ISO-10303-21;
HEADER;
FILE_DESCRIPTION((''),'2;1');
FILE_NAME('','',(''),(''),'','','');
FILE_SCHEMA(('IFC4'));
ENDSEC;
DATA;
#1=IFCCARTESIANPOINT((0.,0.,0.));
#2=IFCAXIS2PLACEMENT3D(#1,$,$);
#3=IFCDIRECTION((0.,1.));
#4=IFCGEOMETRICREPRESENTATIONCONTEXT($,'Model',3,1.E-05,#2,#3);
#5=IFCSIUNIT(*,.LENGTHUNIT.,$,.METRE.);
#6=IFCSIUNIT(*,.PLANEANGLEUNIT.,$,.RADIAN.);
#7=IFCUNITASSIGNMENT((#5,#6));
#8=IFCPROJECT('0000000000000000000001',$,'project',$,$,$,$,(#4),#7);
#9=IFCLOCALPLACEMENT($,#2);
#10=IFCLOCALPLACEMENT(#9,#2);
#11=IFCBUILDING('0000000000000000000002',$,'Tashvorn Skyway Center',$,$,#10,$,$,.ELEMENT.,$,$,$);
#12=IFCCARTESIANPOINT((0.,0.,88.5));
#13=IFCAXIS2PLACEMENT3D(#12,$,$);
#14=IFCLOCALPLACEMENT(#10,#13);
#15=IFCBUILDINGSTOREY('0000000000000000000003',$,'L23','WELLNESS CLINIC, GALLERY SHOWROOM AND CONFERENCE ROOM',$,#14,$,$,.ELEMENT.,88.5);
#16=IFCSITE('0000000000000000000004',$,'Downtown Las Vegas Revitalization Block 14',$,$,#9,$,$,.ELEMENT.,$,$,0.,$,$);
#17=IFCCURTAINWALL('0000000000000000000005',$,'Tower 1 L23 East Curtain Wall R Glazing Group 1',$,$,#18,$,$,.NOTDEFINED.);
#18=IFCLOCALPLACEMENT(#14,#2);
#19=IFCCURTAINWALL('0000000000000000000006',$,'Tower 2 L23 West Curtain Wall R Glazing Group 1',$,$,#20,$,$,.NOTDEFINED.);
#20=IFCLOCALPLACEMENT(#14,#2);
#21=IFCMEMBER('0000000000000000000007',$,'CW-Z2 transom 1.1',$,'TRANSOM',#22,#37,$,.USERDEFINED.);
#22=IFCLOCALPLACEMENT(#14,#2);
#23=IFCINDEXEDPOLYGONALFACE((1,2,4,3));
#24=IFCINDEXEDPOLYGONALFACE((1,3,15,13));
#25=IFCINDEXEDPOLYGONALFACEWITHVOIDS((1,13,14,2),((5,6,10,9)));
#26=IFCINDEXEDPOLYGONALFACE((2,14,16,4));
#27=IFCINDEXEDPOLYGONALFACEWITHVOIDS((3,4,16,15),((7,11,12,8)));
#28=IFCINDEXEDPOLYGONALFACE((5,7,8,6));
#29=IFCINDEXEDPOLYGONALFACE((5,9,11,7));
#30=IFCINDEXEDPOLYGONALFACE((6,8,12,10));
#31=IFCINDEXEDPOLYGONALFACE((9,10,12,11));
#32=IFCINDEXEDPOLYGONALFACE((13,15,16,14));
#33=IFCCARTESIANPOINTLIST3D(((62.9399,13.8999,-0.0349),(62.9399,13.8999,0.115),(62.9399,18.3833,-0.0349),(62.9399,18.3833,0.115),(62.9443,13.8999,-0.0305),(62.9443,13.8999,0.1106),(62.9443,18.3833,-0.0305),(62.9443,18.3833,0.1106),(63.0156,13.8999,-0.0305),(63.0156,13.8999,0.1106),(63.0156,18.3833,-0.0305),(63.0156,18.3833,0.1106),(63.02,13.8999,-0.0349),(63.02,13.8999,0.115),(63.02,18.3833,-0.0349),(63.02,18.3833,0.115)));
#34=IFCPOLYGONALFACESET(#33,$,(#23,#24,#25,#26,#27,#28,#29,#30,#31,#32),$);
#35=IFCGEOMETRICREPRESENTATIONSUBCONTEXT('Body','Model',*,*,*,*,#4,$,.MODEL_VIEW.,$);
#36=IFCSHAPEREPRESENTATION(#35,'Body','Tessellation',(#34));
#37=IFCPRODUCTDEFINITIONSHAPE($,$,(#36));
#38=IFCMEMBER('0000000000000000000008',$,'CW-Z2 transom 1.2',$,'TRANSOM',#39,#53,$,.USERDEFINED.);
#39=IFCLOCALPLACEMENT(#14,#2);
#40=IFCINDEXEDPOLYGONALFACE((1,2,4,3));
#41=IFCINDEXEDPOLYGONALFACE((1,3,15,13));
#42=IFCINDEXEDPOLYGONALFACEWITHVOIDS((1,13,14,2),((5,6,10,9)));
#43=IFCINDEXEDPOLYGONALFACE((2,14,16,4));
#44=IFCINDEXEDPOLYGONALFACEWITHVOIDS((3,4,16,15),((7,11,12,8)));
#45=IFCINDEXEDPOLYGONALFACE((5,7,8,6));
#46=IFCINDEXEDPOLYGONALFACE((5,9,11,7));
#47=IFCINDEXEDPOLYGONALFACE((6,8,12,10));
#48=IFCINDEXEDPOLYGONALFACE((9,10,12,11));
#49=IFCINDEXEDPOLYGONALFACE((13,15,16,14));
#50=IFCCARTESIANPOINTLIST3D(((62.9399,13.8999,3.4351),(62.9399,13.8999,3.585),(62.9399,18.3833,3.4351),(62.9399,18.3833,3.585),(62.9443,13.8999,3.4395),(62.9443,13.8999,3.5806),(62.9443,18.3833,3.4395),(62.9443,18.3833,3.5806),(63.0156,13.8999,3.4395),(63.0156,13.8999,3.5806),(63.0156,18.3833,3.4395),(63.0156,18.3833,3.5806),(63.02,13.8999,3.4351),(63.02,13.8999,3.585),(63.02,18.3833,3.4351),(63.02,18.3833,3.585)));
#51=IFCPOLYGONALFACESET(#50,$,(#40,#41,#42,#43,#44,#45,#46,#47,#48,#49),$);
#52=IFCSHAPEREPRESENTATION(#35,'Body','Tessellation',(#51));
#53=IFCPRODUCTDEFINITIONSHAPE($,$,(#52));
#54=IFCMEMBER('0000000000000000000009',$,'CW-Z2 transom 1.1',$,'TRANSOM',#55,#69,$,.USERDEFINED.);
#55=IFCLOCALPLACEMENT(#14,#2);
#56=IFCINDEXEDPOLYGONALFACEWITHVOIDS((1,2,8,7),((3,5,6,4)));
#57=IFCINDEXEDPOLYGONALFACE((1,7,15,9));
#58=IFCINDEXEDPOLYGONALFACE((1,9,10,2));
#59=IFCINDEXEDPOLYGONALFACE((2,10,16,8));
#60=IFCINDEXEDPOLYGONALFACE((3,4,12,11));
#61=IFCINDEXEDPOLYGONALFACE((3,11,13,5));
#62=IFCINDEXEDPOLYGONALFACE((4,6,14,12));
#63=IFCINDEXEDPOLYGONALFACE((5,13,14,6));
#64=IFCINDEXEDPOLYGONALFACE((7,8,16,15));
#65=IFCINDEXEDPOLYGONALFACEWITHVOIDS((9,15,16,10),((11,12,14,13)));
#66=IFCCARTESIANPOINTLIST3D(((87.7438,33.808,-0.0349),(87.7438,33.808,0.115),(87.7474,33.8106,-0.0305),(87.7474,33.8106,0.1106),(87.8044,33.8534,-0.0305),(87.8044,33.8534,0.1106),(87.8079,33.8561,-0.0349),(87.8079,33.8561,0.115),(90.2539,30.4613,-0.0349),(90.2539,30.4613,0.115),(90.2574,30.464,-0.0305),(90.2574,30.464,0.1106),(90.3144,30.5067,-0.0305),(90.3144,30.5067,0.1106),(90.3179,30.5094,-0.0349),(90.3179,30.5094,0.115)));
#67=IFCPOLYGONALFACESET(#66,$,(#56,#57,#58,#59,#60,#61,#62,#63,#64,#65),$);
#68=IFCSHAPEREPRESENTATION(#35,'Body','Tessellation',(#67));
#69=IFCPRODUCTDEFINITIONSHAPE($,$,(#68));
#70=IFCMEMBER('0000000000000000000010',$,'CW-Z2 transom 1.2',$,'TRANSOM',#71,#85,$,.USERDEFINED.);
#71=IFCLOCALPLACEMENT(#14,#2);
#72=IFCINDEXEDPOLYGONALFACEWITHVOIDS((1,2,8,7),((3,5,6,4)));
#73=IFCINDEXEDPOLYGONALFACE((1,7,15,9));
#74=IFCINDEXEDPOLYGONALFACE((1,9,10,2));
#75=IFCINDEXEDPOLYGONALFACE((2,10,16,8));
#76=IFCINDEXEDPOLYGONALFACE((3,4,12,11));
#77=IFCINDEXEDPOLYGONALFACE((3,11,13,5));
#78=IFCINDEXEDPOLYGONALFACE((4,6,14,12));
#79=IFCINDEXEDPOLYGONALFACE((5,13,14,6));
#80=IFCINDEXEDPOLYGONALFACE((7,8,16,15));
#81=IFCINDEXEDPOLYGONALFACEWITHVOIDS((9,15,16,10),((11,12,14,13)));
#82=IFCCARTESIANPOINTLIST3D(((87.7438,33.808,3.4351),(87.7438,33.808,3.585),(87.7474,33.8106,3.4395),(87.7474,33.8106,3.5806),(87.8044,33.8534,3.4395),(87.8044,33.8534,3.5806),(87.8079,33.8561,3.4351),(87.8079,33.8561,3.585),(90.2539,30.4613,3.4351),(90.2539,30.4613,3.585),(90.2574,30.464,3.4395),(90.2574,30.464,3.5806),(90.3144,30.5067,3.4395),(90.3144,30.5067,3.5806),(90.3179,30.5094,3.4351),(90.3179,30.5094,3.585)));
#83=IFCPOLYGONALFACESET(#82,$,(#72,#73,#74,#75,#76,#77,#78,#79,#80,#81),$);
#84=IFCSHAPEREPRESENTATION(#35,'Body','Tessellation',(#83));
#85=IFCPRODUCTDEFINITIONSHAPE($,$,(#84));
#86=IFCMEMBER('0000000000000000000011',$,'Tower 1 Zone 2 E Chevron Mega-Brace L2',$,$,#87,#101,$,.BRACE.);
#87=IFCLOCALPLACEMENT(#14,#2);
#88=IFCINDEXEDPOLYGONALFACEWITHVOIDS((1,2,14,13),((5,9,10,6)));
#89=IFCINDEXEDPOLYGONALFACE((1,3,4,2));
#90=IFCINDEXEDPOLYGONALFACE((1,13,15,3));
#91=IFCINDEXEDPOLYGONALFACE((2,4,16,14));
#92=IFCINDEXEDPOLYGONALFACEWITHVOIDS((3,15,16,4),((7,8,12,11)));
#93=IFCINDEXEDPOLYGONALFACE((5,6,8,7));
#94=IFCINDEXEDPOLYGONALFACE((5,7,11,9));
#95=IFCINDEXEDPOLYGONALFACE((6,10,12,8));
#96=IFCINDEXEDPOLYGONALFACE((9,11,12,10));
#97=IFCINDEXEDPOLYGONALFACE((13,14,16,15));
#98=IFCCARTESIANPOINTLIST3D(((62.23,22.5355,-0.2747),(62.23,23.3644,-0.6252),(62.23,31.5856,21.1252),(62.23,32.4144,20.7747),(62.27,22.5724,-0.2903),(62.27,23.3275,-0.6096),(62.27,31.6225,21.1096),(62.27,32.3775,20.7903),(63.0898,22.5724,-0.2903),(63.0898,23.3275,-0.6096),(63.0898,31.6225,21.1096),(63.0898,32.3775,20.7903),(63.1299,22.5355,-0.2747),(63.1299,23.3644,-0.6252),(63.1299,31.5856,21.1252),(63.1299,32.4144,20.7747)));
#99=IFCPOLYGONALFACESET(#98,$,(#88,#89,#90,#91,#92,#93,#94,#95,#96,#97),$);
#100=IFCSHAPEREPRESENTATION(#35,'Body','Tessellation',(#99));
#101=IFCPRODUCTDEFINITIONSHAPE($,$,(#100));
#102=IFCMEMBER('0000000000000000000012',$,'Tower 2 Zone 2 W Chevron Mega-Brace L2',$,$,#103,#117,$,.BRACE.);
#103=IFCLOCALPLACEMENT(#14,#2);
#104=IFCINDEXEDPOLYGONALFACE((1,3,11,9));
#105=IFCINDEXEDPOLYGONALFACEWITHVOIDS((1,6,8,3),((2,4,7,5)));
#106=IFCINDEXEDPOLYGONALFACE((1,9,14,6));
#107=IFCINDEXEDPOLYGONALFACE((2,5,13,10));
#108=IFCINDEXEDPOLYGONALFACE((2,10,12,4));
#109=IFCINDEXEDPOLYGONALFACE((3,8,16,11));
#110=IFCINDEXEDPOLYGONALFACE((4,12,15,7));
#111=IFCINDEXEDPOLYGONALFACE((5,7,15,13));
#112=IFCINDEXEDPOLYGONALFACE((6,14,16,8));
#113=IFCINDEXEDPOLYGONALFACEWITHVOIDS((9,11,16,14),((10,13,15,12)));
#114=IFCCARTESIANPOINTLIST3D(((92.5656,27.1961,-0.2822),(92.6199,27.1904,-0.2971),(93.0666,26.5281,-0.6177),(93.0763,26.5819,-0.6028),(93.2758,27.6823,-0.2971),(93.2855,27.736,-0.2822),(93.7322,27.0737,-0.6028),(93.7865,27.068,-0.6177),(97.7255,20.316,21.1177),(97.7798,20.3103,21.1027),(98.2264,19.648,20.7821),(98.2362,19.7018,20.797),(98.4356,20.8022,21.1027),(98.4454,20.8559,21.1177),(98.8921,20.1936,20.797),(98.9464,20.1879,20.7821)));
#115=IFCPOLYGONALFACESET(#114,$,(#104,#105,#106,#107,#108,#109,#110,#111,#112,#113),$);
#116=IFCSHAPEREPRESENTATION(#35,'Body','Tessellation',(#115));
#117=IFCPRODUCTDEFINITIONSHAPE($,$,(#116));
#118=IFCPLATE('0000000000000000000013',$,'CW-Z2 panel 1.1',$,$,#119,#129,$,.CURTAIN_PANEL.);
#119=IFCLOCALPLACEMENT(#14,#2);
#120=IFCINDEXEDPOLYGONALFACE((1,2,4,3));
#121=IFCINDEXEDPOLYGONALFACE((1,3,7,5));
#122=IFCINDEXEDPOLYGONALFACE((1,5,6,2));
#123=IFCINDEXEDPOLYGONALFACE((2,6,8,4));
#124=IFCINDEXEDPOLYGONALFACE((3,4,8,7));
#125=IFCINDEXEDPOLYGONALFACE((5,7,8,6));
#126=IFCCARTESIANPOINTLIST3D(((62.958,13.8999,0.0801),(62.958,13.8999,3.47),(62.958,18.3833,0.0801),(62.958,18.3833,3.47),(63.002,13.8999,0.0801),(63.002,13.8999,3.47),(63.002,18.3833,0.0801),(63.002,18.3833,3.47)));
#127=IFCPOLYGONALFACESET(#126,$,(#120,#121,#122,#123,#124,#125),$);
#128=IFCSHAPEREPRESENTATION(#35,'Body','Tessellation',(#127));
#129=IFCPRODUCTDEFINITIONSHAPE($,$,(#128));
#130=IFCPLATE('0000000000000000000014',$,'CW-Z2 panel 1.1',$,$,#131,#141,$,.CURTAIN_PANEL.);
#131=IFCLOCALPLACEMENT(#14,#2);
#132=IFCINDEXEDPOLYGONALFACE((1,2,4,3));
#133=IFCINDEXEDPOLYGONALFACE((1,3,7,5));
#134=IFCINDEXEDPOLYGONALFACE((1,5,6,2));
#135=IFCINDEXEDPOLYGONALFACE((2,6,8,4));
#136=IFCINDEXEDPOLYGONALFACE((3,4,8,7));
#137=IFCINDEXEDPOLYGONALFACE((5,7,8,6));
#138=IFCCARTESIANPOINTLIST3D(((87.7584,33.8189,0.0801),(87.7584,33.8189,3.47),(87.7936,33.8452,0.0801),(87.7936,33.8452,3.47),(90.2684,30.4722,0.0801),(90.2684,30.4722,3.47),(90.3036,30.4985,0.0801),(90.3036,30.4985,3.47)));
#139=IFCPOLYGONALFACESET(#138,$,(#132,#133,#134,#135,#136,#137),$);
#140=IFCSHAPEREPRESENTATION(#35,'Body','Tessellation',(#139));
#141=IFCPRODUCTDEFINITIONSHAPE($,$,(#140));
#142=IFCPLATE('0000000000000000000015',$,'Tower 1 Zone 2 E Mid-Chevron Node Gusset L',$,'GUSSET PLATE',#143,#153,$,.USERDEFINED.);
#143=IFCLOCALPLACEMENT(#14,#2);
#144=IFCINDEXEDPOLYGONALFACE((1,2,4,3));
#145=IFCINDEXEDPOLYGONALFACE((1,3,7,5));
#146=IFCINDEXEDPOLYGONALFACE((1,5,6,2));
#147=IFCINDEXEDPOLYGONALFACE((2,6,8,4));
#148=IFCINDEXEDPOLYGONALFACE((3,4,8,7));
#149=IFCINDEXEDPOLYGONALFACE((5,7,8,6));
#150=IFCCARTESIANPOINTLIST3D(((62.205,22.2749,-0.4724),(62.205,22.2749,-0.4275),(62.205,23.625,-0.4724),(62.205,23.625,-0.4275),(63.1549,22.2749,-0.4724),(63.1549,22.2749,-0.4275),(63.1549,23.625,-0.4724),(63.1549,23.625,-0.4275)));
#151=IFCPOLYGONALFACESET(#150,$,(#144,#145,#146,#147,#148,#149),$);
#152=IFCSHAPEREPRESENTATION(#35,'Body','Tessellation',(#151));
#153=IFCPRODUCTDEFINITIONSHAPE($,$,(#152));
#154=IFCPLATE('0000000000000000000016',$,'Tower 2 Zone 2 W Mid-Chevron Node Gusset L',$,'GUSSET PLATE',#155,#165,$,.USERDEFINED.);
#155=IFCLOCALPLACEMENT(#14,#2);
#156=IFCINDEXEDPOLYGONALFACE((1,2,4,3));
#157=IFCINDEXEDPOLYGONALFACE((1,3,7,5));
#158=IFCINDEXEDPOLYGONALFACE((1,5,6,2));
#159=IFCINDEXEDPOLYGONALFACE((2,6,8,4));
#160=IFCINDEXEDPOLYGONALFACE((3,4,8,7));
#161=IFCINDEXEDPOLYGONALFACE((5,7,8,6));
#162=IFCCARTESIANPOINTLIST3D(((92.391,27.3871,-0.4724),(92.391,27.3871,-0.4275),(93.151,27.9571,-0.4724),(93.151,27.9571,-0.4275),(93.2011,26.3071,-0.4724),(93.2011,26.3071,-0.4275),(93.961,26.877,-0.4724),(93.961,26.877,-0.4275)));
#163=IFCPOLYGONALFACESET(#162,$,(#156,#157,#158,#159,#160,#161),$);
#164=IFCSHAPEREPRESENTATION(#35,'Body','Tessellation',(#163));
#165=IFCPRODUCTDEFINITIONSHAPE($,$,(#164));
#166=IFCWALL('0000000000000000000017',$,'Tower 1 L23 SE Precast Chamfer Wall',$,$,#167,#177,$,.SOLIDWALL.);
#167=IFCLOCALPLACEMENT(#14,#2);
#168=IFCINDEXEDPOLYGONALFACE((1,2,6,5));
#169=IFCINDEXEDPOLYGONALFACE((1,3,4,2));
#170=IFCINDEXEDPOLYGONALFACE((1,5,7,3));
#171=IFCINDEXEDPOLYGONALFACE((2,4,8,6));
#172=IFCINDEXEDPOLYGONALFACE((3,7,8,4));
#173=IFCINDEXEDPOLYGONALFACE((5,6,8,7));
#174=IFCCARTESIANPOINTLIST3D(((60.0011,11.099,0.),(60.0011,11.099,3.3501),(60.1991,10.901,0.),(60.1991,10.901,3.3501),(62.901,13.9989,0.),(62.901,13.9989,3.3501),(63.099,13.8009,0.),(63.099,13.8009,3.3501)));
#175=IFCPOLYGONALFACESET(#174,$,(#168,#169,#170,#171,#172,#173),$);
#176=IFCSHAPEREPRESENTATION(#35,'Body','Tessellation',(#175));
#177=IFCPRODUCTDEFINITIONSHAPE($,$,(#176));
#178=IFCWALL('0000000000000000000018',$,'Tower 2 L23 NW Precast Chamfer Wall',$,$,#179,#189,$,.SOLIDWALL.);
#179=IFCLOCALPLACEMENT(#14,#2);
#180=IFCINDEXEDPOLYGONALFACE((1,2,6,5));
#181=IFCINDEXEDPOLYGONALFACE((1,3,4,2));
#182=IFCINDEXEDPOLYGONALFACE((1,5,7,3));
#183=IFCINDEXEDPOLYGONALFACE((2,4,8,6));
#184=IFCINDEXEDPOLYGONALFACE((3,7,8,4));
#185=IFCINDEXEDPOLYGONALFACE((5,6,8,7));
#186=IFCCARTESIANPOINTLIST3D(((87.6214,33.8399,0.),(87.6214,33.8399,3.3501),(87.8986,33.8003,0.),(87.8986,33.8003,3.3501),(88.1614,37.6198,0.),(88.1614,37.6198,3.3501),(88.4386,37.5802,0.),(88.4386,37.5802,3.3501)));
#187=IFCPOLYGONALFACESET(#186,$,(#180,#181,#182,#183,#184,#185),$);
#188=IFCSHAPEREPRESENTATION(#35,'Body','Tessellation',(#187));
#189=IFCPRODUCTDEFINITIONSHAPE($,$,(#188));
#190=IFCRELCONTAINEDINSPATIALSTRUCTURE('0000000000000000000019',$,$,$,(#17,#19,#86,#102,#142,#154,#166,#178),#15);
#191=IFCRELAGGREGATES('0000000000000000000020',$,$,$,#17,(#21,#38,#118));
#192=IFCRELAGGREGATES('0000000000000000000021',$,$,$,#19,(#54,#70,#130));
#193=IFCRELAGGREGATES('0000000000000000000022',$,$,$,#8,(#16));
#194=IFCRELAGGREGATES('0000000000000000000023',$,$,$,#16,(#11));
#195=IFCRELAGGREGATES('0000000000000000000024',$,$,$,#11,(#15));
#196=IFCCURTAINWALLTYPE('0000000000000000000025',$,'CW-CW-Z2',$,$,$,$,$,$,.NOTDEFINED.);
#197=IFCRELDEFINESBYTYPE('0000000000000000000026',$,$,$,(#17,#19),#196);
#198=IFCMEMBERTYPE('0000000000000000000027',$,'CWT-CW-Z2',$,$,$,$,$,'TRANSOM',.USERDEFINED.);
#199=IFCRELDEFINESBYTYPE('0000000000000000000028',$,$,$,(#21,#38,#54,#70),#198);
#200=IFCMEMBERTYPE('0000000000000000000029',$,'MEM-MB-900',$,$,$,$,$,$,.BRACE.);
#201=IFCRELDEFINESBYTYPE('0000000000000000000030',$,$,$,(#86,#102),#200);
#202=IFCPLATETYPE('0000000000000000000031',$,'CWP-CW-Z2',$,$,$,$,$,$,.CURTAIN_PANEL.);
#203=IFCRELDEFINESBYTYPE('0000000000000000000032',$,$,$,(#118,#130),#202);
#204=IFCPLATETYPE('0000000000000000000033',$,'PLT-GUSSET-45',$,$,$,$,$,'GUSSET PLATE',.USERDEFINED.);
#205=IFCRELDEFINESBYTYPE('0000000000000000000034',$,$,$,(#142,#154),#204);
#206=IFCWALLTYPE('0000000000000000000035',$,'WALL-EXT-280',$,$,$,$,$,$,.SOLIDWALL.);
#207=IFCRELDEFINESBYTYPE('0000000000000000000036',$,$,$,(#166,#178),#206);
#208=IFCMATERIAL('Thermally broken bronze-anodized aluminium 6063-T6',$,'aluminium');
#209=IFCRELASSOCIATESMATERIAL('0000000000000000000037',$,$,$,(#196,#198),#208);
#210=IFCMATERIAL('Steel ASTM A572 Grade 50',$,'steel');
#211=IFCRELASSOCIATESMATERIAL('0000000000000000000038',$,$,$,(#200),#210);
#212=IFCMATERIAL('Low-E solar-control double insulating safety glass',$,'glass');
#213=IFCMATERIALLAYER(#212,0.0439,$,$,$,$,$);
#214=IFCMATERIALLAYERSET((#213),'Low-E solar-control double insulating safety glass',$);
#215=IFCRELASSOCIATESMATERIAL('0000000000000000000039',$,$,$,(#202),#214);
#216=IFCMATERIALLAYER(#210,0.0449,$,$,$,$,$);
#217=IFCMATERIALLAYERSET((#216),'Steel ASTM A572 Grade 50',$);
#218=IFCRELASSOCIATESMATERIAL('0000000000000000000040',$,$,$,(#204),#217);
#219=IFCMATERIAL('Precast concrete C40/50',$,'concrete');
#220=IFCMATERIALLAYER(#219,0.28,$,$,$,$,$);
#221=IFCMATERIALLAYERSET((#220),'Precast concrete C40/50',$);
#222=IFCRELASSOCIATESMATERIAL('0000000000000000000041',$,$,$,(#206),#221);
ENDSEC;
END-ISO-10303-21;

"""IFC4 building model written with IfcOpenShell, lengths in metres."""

from ifc_helpers import new_model, si_unit, direction, frame, frame_2d, origin, origin_2d, place, context, subcontext, project, spatial, rectangle, hollow_rectangle, extrude, material, layer, layer_set, material_profile, profile_set, type_object, element, aggregate, save


model = new_model("IFC4")

# Units and contexts
model_context = context("Model", 3, precision=1e-05, world=origin(), true_north=direction((0.0, 1.0)))
body_context = subcontext(model_context, "Body", "Model", "MODEL_VIEW")
ifc_project = project(units=[si_unit("LENGTHUNIT", "METRE"), si_unit("PLANEANGLEUNIT", "RADIAN")], contexts=[model_context])

# Site, building, storey
site_placement = place(None, origin())
site = spatial("IfcSite", under=ifc_project, at=site_placement, Name="Downtown Las Vegas Revitalization Block 14", CompositionType="ELEMENT", RefElevation=0.0)
building_placement = place(site_placement, origin())
building = spatial("IfcBuilding", under=site, at=building_placement, Name="Tashvorn Skyway Center", CompositionType="ELEMENT")
storey_placement = place(building_placement, frame((0.0, 0.0, 88.5)))
storey = spatial("IfcBuildingStorey", under=building, at=storey_placement, Name="L23", Description="WELLNESS CLINIC, GALLERY SHOWROOM AND CONFERENCE ROOM", CompositionType="ELEMENT", Elevation=88.5)

# Shared definitions
ifc_material_1 = material(Name="Steel ASTM A572 Grade 50", Category="steel")

# Curtain walls
ifc_material_2 = material(Name="Thermally broken bronze-anodized aluminium 6063-T6", Category="aluminium")
curtain_wall_type = type_object("IfcCurtainWallType", Name="CW-CW-Z2", PredefinedType="NOTDEFINED", material=ifc_material_2)
curtain_wall_1_placement = place(storey_placement, origin())
curtain_wall_1 = element("IfcCurtainWall", 1, at=curtain_wall_1_placement, inside=storey, type_object=curtain_wall_type, Name="Tower 1 L23 East Curtain Wall R Glazing Group 1", PredefinedType="NOTDEFINED")
curtain_wall_2_placement = place(storey_placement, origin())
curtain_wall_2 = element("IfcCurtainWall", 2, at=curtain_wall_2_placement, inside=storey, type_object=curtain_wall_type, Name="Tower 2 L23 West Curtain Wall R Glazing Group 1", PredefinedType="NOTDEFINED")

# Members
ifc_material_profile_1 = material_profile(ifc_material_2, hollow_rectangle(XDim=0.0801, YDim=0.1499, WallThickness=0.0044, at=origin_2d()), Name="ALU-TRAN-80x150")
ifc_profile_set_1 = profile_set([ifc_material_profile_1], Name="Thermally broken bronze-anodized aluminium 6063-T6")
member_type_1 = type_object("IfcMemberType", Name="CWT-CW-Z2", ElementType="TRANSOM", PredefinedType="USERDEFINED", material=ifc_profile_set_1)
member_1_placement = place(storey_placement, frame((62.98, 18.3833, 0.04), z_axis=(0.0, -1.0, 0.0), x_axis=(1.0, 0.0, 0.0)))
member_1 = element("IfcMember", 3, at=member_1_placement, type_object=member_type_1, Name="CW-Z2 transom 1.1", ObjectType="TRANSOM", PredefinedType="USERDEFINED", context=body_context, shape_type="SweptSolid", body=[
    extrude(hollow_rectangle(XDim=0.0801, YDim=0.1499, WallThickness=0.0044, at=origin_2d()), origin(), (0.0, 0.0, 1.0), 4.4834),
])
member_2_placement = place(storey_placement, frame((62.98, 18.3833, 3.51), z_axis=(0.0, -1.0, 0.0), x_axis=(1.0, 0.0, 0.0)))
member_2 = element("IfcMember", 4, at=member_2_placement, type_object=member_type_1, Name="CW-Z2 transom 1.2", ObjectType="TRANSOM", PredefinedType="USERDEFINED", context=body_context, shape_type="SweptSolid", body=[
    extrude(hollow_rectangle(XDim=0.0801, YDim=0.1499, WallThickness=0.0044, at=origin_2d()), origin(), (0.0, 0.0, 1.0), 4.4834),
])
member_3_placement = place(storey_placement, frame((90.2859, 30.4854, 0.04), z_axis=(-0.6, 0.8, 0.0), x_axis=(-0.8, -0.6, 0.0)))
member_3 = element("IfcMember", 5, at=member_3_placement, type_object=member_type_1, Name="CW-Z2 transom 1.1", ObjectType="TRANSOM", PredefinedType="USERDEFINED", context=body_context, shape_type="SweptSolid", body=[
    extrude(hollow_rectangle(XDim=0.0801, YDim=0.1499, WallThickness=0.0044, at=origin_2d()), origin(), (0.0, 0.0, 1.0), 4.1833),
])
member_4_placement = place(storey_placement, frame((90.2859, 30.4854, 3.51), z_axis=(-0.6, 0.8, 0.0), x_axis=(-0.8, -0.6, 0.0)))
member_4 = element("IfcMember", 6, at=member_4_placement, type_object=member_type_1, Name="CW-Z2 transom 1.2", ObjectType="TRANSOM", PredefinedType="USERDEFINED", context=body_context, shape_type="SweptSolid", body=[
    extrude(hollow_rectangle(XDim=0.0801, YDim=0.1499, WallThickness=0.0044, at=origin_2d()), origin(), (0.0, 0.0, 1.0), 4.1833),
])

# Members
ifc_material_profile_2 = material_profile(ifc_material_1, hollow_rectangle(XDim=0.8999, YDim=0.8999, WallThickness=0.04, at=origin_2d()), Name="BOX900x900x40")
ifc_profile_set_2 = profile_set([ifc_material_profile_2], Name="Steel ASTM A572 Grade 50")
member_type_2 = type_object("IfcMemberType", Name="MEM-MB-900", PredefinedType="BRACE", material=ifc_profile_set_2)
member_5_placement = place(storey_placement, frame((62.6799, 22.95, -0.45), z_axis=(0.0, 0.389503, 0.921025), x_axis=(-1.0, 0.0, 0.0)))
element("IfcMember", 7, at=member_5_placement, inside=storey, type_object=member_type_2, Name="Tower 1 Zone 2 E Chevron Mega-Brace L2", PredefinedType="BRACE", context=body_context, shape_type="SweptSolid", body=[
    extrude(hollow_rectangle(XDim=0.8999, YDim=0.8999, WallThickness=0.04, at=origin_2d()), origin(), (0.0, 0.0, 1.0), 23.2349),
])
member_6_placement = place(storey_placement, frame((93.176, 27.1321, -0.45), z_axis=(0.223728, -0.298315, 0.927876), x_axis=(0.80001, 0.599986, 0.0)))
element("IfcMember", 8, at=member_6_placement, inside=storey, type_object=member_type_2, Name="Tower 2 Zone 2 W Chevron Mega-Brace L2", PredefinedType="BRACE", context=body_context, shape_type="SweptSolid", body=[
    extrude(hollow_rectangle(XDim=0.8999, YDim=0.8999, WallThickness=0.04, at=origin_2d()), origin(), (0.0, 0.0, 1.0), 23.0632),
])

# Plates
ifc_material_3 = material(Name="Low-E solar-control double insulating safety glass", Category="glass")
ifc_layer_1 = layer(ifc_material_3, 0.0439)
ifc_layer_set_1 = layer_set([ifc_layer_1], Name="Low-E solar-control double insulating safety glass")
plate_type_1 = type_object("IfcPlateType", Name="CWP-CW-Z2", PredefinedType="CURTAIN_PANEL", material=ifc_layer_set_1)
plate_1_placement = place(storey_placement, frame((62.98, 16.1416, 0.0801), z_axis=(0.0, 0.0, 1.0), x_axis=(0.0, -1.0, 0.0)))
plate_1 = element("IfcPlate", 9, at=plate_1_placement, type_object=plate_type_1, Name="CW-Z2 panel 1.1", PredefinedType="CURTAIN_PANEL", context=body_context, shape_type="SweptSolid", body=[
    extrude(rectangle(XDim=4.4834, YDim=0.0439, at=origin_2d()), origin(), (0.0, 0.0, 1.0), 3.3899),
])
aggregate(curtain_wall_1, [member_1, member_2, plate_1])
plate_2_placement = place(storey_placement, frame((89.031, 32.1587, 0.0801), z_axis=(0.0, 0.0, 1.0), x_axis=(-0.599996, 0.800003, 0.0)))
plate_2 = element("IfcPlate", 10, at=plate_2_placement, type_object=plate_type_1, Name="CW-Z2 panel 1.1", PredefinedType="CURTAIN_PANEL", context=body_context, shape_type="SweptSolid", body=[
    extrude(rectangle(XDim=4.1833, YDim=0.0439, at=origin_2d()), origin(), (0.0, 0.0, 1.0), 3.3899),
])
aggregate(curtain_wall_2, [member_3, member_4, plate_2])

# Plates
ifc_layer_2 = layer(ifc_material_1, 0.0449)
ifc_layer_set_2 = layer_set([ifc_layer_2], Name="Steel ASTM A572 Grade 50")
plate_type_2 = type_object("IfcPlateType", Name="PLT-GUSSET-45", ElementType="GUSSET PLATE", PredefinedType="USERDEFINED", material=ifc_layer_set_2)
for number, where, z_axis, x_axis, name in (
    (11, (62.6799, 22.95, -0.4724), (0.0, 0.0, 1.0), (0.0, 1.0, 0.0), "Tower 1 Zone 2 E Mid-Chevron Node Gusset L"),
    (12, (93.176, 27.1321, -0.4724), (0.0, 0.0, 1.0), (0.6, -0.8, 0.0), "Tower 2 Zone 2 W Mid-Chevron Node Gusset L"),
):
    element("IfcPlate", number, at=place(storey_placement, frame(where, z_axis=z_axis, x_axis=x_axis)), inside=storey, type_object=plate_type_2, Name=name, ObjectType="GUSSET PLATE", PredefinedType="USERDEFINED", context=body_context, shape_type="SweptSolid", body=[
        extrude(rectangle(XDim=1.3501, YDim=0.95, at=origin_2d()), origin(), (0.0, 0.0, 1.0), 0.0449),
    ])

# Walls
ifc_material_4 = material(Name="Precast concrete C40/50", Category="concrete")
ifc_layer_3 = layer(ifc_material_4, 0.28)
ifc_layer_set_3 = layer_set([ifc_layer_3], Name="Precast concrete C40/50")
wall_type_1 = type_object("IfcWallType", Name="WALL-EXT-280", PredefinedType="SOLIDWALL", material=ifc_layer_set_3)
wall_1_placement = place(storey_placement, frame((63.0, 13.8999, 0.0), z_axis=(0.0, 0.0, 1.0), x_axis=(-0.707107, -0.707107, 0.0)))
element("IfcWall", 13, at=wall_1_placement, inside=storey, type_object=wall_type_1, Name="Tower 1 L23 SE Precast Chamfer Wall", PredefinedType="SOLIDWALL", context=body_context, shape_type="SweptSolid", body=[
    extrude(rectangle(XDim=4.1011, YDim=0.28, at=frame_2d((2.0505, 0.0))), origin(), (0.0, 0.0, 1.0), 3.3501),
])
wall_2_placement = place(storey_placement, frame((87.76, 33.8201, 0.0), z_axis=(0.0, 0.0, 1.0), x_axis=(0.14143, 0.989948, 0.0)))
element("IfcWall", 14, at=wall_2_placement, inside=storey, type_object=wall_type_1, Name="Tower 2 L23 NW Precast Chamfer Wall", PredefinedType="SOLIDWALL", context=body_context, shape_type="SweptSolid", body=[
    extrude(rectangle(XDim=3.8184, YDim=0.28, at=frame_2d((1.9092, 0.0))), origin(), (0.0, 0.0, 1.0), 3.3501),
])

save(model, "model.ifc")
